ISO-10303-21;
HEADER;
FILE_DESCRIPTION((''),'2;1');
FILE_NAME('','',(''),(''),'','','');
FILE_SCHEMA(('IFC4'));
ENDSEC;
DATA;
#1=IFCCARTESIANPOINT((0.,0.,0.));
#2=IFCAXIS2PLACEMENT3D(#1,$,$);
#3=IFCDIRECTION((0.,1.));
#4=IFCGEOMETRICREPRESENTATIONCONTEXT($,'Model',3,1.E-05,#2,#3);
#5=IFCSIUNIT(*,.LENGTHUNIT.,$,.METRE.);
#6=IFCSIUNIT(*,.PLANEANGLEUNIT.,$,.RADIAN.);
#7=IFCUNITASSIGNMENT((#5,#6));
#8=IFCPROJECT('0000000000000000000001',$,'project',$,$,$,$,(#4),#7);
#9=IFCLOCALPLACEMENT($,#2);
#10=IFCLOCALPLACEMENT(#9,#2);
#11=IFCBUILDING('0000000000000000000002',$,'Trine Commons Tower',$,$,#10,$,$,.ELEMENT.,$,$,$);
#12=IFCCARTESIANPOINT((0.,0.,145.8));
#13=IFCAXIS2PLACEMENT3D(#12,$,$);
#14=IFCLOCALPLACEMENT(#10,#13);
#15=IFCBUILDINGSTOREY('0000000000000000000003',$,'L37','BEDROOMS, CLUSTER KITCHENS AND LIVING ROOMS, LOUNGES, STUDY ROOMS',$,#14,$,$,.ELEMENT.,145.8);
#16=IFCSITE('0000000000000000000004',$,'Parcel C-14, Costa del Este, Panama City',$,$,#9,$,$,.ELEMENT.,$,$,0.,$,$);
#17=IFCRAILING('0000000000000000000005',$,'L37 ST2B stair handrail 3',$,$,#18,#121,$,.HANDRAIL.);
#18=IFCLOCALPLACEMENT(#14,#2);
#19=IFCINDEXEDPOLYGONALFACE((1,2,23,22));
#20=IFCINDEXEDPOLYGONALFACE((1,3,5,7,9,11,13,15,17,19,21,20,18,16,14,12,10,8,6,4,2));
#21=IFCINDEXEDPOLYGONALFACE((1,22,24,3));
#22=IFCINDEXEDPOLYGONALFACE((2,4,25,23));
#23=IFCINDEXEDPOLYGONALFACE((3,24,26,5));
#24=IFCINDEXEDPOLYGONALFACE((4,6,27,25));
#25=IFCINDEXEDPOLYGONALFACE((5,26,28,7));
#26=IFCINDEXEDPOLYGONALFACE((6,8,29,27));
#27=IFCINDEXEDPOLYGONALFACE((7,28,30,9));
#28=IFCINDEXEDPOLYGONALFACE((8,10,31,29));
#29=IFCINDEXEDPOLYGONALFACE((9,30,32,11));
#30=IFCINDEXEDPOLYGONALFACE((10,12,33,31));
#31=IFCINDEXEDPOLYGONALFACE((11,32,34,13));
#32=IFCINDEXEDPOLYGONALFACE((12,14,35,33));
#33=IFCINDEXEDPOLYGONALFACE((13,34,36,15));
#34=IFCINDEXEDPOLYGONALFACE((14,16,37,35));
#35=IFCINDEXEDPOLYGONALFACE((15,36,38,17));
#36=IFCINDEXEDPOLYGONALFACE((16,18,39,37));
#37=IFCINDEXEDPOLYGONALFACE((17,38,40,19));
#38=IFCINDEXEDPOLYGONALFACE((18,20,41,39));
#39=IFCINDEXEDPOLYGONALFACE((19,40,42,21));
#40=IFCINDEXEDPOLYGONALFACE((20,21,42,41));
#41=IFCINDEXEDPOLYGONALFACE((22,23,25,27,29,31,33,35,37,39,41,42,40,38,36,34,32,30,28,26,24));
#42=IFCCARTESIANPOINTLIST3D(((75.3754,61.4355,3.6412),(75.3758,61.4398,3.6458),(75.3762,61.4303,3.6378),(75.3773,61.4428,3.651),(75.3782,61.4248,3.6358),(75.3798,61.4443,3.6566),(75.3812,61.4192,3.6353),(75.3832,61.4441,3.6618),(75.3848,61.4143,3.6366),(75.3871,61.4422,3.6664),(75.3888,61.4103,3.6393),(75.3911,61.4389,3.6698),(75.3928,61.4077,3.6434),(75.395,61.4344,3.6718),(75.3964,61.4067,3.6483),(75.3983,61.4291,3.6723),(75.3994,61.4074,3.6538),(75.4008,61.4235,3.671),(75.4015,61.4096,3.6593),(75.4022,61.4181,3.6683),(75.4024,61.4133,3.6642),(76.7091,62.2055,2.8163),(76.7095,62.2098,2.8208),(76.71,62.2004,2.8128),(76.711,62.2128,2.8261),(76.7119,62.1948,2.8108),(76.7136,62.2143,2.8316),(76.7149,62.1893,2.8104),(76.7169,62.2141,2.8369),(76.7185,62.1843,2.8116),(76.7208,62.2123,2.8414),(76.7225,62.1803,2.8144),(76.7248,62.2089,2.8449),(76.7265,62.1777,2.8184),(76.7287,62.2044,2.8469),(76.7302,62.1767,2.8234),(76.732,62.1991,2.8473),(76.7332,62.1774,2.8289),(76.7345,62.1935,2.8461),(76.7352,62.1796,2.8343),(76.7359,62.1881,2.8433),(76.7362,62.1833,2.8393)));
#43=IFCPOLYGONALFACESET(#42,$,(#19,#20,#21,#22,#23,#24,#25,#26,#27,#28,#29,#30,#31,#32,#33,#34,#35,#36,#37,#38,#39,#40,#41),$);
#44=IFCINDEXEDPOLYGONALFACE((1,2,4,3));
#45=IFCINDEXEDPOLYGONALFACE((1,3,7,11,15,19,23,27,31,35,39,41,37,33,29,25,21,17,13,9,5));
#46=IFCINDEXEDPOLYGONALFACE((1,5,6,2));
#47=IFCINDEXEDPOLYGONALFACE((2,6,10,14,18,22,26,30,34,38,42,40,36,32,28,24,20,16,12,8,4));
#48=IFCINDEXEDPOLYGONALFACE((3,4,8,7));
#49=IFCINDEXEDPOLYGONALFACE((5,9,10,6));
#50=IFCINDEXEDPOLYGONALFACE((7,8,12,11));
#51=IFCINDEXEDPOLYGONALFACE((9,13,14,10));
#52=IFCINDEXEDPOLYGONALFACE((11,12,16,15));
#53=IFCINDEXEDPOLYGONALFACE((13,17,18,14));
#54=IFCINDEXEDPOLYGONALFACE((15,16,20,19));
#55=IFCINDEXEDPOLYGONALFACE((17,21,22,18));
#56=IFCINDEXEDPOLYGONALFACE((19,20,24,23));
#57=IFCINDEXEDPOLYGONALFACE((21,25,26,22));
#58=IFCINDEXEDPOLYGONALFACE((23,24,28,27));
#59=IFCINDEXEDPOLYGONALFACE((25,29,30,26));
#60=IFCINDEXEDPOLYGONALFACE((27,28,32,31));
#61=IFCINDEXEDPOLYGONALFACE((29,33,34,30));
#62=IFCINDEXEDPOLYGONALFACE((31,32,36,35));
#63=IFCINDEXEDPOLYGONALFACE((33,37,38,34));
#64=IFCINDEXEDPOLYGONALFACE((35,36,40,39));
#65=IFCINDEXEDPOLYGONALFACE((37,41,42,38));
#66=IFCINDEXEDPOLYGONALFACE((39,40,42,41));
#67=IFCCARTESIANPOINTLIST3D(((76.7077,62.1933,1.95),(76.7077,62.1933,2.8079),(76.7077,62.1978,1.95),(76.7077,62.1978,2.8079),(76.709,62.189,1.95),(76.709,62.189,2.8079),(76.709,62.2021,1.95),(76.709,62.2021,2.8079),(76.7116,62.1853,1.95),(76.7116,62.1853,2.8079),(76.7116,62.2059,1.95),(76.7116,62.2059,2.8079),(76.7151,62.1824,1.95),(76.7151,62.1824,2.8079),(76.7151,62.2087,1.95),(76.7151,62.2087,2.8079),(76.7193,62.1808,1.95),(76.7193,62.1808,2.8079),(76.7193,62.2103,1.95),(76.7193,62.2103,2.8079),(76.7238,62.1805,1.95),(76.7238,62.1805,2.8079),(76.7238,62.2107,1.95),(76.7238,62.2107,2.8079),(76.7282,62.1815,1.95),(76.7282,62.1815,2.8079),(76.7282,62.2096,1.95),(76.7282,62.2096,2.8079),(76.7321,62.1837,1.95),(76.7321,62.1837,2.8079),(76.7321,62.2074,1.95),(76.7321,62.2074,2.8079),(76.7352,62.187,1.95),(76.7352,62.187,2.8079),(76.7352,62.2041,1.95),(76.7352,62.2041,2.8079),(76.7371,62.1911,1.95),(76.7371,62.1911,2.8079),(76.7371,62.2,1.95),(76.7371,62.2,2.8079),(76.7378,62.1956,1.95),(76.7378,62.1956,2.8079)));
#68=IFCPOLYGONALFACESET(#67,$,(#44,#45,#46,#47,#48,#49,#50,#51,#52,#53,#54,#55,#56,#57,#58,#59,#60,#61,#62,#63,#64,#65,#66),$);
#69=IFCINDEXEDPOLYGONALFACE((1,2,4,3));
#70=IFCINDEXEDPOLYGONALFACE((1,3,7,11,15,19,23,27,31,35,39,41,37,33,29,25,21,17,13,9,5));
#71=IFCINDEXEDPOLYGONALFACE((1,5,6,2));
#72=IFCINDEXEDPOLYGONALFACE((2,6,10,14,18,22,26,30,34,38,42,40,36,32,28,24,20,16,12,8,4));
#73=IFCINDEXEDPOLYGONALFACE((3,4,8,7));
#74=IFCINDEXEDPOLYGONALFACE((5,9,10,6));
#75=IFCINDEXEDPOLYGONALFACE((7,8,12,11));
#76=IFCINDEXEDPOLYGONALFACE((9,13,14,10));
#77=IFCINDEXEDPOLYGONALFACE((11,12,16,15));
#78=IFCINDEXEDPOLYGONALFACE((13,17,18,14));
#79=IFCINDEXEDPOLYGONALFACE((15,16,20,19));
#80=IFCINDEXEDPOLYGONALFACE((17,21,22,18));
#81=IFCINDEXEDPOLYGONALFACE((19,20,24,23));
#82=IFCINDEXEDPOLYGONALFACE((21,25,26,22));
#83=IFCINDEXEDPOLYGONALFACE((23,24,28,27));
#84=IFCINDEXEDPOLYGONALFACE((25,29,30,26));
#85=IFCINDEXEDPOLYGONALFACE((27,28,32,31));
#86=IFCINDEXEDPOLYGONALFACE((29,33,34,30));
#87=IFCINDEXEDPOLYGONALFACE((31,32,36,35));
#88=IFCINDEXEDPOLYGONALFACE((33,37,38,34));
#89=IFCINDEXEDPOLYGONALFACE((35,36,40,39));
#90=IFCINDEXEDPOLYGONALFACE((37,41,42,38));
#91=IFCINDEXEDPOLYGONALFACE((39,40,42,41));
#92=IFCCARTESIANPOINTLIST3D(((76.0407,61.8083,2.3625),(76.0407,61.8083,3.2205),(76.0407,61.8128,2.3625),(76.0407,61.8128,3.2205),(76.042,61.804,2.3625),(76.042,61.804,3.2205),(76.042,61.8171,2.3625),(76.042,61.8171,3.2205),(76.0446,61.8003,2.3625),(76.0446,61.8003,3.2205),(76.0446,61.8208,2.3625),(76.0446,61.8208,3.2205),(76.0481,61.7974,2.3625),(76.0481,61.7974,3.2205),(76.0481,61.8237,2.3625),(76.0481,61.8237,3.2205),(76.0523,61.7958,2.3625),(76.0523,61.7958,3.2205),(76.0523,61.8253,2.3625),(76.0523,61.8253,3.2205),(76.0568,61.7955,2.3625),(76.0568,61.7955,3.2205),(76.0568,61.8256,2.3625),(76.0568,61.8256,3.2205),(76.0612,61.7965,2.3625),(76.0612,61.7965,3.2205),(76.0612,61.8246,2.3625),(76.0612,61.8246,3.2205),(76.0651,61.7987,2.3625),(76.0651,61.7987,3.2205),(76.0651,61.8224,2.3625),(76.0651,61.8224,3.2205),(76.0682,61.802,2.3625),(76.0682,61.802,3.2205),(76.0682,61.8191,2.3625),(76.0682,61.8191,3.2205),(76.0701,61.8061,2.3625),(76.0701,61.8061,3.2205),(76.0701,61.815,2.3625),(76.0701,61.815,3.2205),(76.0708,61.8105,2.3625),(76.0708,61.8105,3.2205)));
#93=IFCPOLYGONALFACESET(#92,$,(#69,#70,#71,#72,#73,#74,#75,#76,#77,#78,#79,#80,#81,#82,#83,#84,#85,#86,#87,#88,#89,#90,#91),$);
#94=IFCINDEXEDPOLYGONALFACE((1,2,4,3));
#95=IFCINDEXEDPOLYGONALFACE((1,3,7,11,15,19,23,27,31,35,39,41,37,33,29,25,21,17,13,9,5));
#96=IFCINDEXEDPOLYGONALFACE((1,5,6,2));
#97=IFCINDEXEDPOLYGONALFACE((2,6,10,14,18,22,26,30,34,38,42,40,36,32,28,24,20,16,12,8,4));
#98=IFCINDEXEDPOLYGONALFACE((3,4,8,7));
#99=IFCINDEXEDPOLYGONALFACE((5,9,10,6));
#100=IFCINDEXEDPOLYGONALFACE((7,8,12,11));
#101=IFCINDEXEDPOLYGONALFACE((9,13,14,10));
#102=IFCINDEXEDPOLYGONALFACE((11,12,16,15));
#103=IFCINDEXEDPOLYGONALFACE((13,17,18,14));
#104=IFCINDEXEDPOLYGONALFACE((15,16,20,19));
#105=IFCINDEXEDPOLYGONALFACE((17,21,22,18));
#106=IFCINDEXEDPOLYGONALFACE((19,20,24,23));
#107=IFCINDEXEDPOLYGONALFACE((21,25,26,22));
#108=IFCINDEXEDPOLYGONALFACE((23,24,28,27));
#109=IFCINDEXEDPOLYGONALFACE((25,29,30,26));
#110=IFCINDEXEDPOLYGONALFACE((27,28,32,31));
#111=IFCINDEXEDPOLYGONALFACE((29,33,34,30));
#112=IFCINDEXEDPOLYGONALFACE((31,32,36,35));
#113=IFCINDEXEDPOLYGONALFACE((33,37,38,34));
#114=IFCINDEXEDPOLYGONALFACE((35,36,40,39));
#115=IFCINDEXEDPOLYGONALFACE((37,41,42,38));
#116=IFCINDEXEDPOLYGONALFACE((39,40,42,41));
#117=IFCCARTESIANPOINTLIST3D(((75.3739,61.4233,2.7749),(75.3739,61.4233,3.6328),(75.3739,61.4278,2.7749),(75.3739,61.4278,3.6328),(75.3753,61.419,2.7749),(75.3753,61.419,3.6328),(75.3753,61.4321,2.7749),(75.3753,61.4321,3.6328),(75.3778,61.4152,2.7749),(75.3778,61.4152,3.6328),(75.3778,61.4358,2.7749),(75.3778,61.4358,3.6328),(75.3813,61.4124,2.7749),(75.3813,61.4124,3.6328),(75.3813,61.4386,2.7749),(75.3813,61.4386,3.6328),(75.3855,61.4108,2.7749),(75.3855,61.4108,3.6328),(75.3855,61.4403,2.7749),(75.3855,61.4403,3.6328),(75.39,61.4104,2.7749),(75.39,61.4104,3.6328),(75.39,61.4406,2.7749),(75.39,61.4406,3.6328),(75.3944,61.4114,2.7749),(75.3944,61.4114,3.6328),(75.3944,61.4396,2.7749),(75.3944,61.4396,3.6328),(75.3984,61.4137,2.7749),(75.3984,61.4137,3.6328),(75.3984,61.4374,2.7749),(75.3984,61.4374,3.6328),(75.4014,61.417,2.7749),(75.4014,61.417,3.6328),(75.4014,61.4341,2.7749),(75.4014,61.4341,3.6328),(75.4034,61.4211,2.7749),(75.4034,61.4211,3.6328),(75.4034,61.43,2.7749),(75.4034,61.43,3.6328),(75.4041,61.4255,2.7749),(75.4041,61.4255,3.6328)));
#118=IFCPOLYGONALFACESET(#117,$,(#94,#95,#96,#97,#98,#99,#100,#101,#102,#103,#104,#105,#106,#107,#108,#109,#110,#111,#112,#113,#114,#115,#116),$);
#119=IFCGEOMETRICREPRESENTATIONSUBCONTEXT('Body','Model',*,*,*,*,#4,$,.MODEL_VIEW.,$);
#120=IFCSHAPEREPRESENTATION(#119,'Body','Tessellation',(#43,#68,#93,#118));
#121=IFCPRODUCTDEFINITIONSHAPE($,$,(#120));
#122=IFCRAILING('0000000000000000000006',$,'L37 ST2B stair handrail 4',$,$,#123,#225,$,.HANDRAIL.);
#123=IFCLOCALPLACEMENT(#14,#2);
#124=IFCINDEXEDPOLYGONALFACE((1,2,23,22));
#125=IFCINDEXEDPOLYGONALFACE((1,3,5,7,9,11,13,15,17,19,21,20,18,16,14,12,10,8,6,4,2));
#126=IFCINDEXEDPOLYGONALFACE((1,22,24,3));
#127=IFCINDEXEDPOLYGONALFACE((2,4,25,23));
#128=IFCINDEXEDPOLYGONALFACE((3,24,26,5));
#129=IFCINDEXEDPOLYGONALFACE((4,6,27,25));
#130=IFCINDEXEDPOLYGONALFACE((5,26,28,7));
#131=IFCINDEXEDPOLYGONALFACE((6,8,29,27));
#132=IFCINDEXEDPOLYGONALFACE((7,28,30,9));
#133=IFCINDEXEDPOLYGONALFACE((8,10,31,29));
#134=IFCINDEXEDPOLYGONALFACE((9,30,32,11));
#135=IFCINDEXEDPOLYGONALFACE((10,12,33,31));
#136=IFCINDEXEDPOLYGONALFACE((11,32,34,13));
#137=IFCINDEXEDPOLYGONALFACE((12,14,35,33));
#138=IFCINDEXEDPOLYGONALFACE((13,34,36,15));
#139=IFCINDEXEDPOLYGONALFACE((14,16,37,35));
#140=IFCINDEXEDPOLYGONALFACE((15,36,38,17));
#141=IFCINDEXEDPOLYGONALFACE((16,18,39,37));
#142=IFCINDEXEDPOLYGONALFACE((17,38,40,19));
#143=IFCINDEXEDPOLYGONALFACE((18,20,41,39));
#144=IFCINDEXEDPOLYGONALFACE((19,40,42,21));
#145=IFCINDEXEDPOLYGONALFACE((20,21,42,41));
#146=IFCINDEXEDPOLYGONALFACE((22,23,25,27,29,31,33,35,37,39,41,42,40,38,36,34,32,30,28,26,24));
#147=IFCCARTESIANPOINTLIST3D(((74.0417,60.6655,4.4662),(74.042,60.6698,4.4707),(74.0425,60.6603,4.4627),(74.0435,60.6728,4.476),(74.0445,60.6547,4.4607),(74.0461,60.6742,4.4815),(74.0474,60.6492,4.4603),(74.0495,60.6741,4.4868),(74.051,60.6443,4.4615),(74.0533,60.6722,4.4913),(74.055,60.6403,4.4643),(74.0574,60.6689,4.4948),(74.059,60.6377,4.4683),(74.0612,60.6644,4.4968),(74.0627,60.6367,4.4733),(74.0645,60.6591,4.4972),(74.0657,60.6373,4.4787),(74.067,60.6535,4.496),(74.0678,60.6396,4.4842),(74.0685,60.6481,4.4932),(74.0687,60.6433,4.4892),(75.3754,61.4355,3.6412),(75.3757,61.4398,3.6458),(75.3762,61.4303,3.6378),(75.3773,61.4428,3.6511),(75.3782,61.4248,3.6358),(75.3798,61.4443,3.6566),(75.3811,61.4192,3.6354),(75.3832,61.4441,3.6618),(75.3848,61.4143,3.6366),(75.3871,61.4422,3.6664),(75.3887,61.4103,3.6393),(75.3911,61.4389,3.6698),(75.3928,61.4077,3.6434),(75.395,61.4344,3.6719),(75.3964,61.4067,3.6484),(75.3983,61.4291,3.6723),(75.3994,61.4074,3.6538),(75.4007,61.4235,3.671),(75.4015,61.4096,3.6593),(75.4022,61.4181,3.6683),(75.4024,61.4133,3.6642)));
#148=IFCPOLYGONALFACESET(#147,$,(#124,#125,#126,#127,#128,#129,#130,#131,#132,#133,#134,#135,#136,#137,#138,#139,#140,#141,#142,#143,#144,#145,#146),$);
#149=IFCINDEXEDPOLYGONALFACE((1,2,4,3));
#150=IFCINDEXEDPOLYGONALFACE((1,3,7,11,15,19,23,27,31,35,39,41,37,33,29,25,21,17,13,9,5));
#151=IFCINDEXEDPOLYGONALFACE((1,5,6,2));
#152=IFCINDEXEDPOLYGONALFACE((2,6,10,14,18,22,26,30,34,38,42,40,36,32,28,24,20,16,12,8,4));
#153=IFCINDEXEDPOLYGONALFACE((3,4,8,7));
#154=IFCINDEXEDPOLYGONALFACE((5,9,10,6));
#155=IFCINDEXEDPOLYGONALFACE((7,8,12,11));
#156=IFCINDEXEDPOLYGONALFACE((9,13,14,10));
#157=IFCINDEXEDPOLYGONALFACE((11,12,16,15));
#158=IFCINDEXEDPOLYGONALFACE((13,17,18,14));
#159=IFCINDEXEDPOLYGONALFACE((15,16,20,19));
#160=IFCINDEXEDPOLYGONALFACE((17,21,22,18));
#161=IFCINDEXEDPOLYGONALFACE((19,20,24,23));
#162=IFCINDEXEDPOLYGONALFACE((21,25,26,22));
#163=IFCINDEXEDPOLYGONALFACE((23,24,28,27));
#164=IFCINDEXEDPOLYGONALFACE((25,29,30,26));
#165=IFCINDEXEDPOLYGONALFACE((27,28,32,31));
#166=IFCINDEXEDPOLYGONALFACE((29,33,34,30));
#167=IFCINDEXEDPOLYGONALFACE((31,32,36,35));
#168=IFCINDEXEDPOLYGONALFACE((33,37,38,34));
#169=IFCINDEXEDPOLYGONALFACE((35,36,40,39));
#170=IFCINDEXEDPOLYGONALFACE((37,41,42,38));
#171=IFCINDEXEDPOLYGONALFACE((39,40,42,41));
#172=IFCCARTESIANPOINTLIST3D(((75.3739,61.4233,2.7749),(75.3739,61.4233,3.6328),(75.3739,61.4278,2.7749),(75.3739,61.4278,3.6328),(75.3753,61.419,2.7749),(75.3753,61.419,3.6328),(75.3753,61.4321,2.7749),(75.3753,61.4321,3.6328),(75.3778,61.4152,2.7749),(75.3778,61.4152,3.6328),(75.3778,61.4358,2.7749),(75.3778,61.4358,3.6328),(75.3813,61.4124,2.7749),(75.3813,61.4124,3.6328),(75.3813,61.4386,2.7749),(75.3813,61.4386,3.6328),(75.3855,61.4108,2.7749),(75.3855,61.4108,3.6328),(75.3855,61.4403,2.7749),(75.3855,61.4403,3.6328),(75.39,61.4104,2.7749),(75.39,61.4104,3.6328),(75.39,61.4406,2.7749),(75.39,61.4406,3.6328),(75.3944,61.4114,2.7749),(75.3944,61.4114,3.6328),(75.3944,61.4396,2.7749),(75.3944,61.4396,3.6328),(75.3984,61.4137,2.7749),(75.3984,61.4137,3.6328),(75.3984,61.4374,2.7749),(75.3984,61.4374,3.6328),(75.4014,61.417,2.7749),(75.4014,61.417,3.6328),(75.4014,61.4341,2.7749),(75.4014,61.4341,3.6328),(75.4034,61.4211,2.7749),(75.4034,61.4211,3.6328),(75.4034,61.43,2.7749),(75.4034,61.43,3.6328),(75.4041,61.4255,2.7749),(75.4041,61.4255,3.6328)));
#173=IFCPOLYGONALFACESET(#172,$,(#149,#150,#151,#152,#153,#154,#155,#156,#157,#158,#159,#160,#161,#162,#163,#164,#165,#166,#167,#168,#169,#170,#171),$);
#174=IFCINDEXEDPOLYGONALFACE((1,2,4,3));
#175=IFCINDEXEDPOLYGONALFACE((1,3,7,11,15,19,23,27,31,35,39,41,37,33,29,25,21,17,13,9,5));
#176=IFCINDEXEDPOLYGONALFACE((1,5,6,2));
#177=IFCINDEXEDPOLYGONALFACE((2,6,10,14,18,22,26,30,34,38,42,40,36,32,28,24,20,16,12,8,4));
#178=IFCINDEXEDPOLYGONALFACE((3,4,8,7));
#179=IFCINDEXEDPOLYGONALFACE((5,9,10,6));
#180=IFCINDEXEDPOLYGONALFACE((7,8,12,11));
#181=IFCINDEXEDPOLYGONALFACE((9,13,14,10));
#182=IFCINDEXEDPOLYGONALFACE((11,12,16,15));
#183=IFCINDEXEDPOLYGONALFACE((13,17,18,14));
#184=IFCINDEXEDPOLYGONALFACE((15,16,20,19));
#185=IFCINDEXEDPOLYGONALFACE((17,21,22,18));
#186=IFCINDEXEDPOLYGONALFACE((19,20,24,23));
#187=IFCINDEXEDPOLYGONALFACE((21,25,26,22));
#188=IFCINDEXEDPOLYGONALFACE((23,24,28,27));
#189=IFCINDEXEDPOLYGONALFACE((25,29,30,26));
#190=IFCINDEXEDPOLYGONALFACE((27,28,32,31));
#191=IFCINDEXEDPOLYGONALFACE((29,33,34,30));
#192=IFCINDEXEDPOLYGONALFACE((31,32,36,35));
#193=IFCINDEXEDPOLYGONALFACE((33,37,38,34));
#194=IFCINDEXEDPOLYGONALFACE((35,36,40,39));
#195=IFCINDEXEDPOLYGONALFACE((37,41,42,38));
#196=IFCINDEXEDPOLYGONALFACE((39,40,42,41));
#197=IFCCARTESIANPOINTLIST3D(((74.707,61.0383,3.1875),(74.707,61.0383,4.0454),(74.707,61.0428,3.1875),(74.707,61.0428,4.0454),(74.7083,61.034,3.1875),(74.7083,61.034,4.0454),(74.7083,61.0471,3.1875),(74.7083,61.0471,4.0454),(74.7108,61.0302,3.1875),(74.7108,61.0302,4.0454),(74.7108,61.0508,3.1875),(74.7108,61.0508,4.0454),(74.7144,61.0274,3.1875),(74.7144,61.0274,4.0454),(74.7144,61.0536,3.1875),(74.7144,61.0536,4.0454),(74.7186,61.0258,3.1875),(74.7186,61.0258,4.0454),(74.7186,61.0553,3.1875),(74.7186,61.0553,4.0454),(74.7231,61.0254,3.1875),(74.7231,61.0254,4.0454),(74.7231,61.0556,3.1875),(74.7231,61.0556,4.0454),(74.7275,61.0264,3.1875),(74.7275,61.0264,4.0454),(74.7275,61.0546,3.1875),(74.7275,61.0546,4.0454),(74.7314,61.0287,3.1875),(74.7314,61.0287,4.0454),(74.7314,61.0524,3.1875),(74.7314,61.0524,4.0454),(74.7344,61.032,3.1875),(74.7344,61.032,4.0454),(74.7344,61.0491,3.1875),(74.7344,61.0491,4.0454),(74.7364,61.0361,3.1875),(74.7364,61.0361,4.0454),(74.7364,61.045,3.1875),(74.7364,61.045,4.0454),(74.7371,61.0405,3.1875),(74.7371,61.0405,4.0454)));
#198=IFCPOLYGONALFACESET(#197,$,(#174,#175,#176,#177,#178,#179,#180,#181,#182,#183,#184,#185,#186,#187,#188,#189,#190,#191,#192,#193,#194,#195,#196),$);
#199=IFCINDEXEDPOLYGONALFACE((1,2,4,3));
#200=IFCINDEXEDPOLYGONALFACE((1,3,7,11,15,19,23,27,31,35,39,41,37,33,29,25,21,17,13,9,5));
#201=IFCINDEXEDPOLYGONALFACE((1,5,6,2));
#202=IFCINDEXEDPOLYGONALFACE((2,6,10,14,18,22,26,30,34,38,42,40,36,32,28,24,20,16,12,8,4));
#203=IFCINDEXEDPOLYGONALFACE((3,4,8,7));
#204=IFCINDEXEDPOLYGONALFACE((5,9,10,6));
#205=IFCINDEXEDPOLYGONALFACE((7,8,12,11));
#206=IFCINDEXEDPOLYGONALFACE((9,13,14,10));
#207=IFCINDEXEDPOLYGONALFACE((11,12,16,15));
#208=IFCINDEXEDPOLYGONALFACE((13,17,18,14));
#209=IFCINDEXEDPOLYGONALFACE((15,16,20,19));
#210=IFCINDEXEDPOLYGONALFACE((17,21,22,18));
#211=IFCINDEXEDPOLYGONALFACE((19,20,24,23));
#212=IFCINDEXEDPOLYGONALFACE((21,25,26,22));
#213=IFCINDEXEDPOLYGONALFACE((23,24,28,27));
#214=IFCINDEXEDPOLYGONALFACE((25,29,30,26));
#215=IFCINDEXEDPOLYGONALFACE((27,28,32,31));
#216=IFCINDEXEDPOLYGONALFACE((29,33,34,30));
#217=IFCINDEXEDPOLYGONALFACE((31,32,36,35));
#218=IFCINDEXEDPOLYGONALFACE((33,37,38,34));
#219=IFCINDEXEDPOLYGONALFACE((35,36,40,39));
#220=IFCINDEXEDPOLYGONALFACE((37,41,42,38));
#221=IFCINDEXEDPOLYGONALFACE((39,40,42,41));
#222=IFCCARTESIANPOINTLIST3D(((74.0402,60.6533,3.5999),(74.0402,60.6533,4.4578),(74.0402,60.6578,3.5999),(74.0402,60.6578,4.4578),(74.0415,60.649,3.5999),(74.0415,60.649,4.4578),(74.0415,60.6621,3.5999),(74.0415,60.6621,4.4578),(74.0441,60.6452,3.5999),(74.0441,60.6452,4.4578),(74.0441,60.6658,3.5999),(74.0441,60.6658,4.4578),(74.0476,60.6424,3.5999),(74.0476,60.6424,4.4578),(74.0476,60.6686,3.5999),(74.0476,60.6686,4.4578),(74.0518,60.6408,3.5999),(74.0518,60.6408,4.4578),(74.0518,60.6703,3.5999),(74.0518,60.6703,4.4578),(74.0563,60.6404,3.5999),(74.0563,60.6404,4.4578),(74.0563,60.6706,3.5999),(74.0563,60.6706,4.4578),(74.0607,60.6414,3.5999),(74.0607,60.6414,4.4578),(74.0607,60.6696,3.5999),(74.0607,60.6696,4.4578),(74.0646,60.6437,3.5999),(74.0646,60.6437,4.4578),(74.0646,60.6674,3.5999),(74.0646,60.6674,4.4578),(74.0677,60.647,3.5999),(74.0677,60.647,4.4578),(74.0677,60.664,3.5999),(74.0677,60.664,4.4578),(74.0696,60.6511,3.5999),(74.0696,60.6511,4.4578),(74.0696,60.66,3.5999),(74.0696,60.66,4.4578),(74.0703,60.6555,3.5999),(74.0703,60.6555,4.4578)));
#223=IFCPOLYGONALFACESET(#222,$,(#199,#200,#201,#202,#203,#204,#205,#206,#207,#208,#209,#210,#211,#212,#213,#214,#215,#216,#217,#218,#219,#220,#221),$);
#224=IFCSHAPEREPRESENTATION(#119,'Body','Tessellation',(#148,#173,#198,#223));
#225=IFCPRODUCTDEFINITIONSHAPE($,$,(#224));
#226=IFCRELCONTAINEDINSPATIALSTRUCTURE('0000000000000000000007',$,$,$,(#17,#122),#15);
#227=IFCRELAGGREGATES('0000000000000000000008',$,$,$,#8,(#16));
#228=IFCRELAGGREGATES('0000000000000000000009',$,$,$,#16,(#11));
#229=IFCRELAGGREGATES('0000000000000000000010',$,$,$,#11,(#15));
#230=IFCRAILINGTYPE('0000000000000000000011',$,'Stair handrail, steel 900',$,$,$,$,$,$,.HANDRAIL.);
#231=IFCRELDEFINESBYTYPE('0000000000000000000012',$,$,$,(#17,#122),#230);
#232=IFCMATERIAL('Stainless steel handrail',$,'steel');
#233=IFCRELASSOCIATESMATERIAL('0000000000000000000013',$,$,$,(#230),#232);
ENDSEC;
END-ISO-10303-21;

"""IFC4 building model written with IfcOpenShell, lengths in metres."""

from ifc_helpers import new_model, si_unit, direction, frame, origin, origin_2d, place, context, subcontext, project, spatial, circle, extrude, material, type_object, element, save


model = new_model("IFC4")

# Units and contexts
model_context = context("Model", 3, precision=1e-05, world=origin(), true_north=direction((0.0, 1.0)))
body_context = subcontext(model_context, "Body", "Model", "MODEL_VIEW")
ifc_project = project(units=[si_unit("LENGTHUNIT", "METRE"), si_unit("PLANEANGLEUNIT", "RADIAN")], contexts=[model_context])

# Site, building, storey
site_placement = place(None, origin())
site = spatial("IfcSite", under=ifc_project, at=site_placement, Name="Parcel C-14, Costa del Este, Panama City", CompositionType="ELEMENT", RefElevation=0.0)
building_placement = place(site_placement, origin())
building = spatial("IfcBuilding", under=site, at=building_placement, Name="Trine Commons Tower", CompositionType="ELEMENT")
storey_placement = place(building_placement, frame((0.0, 0.0, 145.8)))
storey = spatial("IfcBuildingStorey", under=building, at=storey_placement, Name="L37", Description="BEDROOMS, CLUSTER KITCHENS AND LIVING ROOMS, LOUNGES, STUDY ROOMS", CompositionType="ELEMENT", Elevation=145.8)

# Railings
ifc_material_1 = material(Name="Stainless steel handrail", Category="steel")
railing_type_1 = type_object("IfcRailingType", Name="Stair handrail, steel 900", PredefinedType="HANDRAIL", material=ifc_material_1)
for number, where, name in (
    (1, (76.7227, 62.1956, 1.95), "L37 ST2B stair handrail 3"),
    (2, (75.3889, 61.4255, 2.7749), "L37 ST2B stair handrail 4"),
):
    element("IfcRailing", number, at=place(storey_placement, frame(where)), inside=storey, type_object=railing_type_1, Name=name, PredefinedType="HANDRAIL", context=body_context, shape_type="SweptSolid", body=[
        extrude(circle(Radius=0.021, at=origin_2d()), frame((0.0, 0.0, 0.8789), z_axis=(-0.763405, -0.440743, 0.472185), x_axis=(0.499992, -0.86603, 0.0)), (0.0, 0.0, 1.0), 1.7471),
        extrude(circle(Radius=0.0151, at=origin_2d()), origin(), (0.0, 0.0, 1.0), 0.8579),
        extrude(circle(Radius=0.0151, at=origin_2d()), frame((-0.667, -0.385, 0.4126)), (0.0, 0.0, 1.0), 0.8579),
        extrude(circle(Radius=0.0151, at=origin_2d()), frame((-1.3337, -0.77, 0.825)), (0.0, 0.0, 1.0), 0.8579),
    ])

save(model, "model.ifc")
